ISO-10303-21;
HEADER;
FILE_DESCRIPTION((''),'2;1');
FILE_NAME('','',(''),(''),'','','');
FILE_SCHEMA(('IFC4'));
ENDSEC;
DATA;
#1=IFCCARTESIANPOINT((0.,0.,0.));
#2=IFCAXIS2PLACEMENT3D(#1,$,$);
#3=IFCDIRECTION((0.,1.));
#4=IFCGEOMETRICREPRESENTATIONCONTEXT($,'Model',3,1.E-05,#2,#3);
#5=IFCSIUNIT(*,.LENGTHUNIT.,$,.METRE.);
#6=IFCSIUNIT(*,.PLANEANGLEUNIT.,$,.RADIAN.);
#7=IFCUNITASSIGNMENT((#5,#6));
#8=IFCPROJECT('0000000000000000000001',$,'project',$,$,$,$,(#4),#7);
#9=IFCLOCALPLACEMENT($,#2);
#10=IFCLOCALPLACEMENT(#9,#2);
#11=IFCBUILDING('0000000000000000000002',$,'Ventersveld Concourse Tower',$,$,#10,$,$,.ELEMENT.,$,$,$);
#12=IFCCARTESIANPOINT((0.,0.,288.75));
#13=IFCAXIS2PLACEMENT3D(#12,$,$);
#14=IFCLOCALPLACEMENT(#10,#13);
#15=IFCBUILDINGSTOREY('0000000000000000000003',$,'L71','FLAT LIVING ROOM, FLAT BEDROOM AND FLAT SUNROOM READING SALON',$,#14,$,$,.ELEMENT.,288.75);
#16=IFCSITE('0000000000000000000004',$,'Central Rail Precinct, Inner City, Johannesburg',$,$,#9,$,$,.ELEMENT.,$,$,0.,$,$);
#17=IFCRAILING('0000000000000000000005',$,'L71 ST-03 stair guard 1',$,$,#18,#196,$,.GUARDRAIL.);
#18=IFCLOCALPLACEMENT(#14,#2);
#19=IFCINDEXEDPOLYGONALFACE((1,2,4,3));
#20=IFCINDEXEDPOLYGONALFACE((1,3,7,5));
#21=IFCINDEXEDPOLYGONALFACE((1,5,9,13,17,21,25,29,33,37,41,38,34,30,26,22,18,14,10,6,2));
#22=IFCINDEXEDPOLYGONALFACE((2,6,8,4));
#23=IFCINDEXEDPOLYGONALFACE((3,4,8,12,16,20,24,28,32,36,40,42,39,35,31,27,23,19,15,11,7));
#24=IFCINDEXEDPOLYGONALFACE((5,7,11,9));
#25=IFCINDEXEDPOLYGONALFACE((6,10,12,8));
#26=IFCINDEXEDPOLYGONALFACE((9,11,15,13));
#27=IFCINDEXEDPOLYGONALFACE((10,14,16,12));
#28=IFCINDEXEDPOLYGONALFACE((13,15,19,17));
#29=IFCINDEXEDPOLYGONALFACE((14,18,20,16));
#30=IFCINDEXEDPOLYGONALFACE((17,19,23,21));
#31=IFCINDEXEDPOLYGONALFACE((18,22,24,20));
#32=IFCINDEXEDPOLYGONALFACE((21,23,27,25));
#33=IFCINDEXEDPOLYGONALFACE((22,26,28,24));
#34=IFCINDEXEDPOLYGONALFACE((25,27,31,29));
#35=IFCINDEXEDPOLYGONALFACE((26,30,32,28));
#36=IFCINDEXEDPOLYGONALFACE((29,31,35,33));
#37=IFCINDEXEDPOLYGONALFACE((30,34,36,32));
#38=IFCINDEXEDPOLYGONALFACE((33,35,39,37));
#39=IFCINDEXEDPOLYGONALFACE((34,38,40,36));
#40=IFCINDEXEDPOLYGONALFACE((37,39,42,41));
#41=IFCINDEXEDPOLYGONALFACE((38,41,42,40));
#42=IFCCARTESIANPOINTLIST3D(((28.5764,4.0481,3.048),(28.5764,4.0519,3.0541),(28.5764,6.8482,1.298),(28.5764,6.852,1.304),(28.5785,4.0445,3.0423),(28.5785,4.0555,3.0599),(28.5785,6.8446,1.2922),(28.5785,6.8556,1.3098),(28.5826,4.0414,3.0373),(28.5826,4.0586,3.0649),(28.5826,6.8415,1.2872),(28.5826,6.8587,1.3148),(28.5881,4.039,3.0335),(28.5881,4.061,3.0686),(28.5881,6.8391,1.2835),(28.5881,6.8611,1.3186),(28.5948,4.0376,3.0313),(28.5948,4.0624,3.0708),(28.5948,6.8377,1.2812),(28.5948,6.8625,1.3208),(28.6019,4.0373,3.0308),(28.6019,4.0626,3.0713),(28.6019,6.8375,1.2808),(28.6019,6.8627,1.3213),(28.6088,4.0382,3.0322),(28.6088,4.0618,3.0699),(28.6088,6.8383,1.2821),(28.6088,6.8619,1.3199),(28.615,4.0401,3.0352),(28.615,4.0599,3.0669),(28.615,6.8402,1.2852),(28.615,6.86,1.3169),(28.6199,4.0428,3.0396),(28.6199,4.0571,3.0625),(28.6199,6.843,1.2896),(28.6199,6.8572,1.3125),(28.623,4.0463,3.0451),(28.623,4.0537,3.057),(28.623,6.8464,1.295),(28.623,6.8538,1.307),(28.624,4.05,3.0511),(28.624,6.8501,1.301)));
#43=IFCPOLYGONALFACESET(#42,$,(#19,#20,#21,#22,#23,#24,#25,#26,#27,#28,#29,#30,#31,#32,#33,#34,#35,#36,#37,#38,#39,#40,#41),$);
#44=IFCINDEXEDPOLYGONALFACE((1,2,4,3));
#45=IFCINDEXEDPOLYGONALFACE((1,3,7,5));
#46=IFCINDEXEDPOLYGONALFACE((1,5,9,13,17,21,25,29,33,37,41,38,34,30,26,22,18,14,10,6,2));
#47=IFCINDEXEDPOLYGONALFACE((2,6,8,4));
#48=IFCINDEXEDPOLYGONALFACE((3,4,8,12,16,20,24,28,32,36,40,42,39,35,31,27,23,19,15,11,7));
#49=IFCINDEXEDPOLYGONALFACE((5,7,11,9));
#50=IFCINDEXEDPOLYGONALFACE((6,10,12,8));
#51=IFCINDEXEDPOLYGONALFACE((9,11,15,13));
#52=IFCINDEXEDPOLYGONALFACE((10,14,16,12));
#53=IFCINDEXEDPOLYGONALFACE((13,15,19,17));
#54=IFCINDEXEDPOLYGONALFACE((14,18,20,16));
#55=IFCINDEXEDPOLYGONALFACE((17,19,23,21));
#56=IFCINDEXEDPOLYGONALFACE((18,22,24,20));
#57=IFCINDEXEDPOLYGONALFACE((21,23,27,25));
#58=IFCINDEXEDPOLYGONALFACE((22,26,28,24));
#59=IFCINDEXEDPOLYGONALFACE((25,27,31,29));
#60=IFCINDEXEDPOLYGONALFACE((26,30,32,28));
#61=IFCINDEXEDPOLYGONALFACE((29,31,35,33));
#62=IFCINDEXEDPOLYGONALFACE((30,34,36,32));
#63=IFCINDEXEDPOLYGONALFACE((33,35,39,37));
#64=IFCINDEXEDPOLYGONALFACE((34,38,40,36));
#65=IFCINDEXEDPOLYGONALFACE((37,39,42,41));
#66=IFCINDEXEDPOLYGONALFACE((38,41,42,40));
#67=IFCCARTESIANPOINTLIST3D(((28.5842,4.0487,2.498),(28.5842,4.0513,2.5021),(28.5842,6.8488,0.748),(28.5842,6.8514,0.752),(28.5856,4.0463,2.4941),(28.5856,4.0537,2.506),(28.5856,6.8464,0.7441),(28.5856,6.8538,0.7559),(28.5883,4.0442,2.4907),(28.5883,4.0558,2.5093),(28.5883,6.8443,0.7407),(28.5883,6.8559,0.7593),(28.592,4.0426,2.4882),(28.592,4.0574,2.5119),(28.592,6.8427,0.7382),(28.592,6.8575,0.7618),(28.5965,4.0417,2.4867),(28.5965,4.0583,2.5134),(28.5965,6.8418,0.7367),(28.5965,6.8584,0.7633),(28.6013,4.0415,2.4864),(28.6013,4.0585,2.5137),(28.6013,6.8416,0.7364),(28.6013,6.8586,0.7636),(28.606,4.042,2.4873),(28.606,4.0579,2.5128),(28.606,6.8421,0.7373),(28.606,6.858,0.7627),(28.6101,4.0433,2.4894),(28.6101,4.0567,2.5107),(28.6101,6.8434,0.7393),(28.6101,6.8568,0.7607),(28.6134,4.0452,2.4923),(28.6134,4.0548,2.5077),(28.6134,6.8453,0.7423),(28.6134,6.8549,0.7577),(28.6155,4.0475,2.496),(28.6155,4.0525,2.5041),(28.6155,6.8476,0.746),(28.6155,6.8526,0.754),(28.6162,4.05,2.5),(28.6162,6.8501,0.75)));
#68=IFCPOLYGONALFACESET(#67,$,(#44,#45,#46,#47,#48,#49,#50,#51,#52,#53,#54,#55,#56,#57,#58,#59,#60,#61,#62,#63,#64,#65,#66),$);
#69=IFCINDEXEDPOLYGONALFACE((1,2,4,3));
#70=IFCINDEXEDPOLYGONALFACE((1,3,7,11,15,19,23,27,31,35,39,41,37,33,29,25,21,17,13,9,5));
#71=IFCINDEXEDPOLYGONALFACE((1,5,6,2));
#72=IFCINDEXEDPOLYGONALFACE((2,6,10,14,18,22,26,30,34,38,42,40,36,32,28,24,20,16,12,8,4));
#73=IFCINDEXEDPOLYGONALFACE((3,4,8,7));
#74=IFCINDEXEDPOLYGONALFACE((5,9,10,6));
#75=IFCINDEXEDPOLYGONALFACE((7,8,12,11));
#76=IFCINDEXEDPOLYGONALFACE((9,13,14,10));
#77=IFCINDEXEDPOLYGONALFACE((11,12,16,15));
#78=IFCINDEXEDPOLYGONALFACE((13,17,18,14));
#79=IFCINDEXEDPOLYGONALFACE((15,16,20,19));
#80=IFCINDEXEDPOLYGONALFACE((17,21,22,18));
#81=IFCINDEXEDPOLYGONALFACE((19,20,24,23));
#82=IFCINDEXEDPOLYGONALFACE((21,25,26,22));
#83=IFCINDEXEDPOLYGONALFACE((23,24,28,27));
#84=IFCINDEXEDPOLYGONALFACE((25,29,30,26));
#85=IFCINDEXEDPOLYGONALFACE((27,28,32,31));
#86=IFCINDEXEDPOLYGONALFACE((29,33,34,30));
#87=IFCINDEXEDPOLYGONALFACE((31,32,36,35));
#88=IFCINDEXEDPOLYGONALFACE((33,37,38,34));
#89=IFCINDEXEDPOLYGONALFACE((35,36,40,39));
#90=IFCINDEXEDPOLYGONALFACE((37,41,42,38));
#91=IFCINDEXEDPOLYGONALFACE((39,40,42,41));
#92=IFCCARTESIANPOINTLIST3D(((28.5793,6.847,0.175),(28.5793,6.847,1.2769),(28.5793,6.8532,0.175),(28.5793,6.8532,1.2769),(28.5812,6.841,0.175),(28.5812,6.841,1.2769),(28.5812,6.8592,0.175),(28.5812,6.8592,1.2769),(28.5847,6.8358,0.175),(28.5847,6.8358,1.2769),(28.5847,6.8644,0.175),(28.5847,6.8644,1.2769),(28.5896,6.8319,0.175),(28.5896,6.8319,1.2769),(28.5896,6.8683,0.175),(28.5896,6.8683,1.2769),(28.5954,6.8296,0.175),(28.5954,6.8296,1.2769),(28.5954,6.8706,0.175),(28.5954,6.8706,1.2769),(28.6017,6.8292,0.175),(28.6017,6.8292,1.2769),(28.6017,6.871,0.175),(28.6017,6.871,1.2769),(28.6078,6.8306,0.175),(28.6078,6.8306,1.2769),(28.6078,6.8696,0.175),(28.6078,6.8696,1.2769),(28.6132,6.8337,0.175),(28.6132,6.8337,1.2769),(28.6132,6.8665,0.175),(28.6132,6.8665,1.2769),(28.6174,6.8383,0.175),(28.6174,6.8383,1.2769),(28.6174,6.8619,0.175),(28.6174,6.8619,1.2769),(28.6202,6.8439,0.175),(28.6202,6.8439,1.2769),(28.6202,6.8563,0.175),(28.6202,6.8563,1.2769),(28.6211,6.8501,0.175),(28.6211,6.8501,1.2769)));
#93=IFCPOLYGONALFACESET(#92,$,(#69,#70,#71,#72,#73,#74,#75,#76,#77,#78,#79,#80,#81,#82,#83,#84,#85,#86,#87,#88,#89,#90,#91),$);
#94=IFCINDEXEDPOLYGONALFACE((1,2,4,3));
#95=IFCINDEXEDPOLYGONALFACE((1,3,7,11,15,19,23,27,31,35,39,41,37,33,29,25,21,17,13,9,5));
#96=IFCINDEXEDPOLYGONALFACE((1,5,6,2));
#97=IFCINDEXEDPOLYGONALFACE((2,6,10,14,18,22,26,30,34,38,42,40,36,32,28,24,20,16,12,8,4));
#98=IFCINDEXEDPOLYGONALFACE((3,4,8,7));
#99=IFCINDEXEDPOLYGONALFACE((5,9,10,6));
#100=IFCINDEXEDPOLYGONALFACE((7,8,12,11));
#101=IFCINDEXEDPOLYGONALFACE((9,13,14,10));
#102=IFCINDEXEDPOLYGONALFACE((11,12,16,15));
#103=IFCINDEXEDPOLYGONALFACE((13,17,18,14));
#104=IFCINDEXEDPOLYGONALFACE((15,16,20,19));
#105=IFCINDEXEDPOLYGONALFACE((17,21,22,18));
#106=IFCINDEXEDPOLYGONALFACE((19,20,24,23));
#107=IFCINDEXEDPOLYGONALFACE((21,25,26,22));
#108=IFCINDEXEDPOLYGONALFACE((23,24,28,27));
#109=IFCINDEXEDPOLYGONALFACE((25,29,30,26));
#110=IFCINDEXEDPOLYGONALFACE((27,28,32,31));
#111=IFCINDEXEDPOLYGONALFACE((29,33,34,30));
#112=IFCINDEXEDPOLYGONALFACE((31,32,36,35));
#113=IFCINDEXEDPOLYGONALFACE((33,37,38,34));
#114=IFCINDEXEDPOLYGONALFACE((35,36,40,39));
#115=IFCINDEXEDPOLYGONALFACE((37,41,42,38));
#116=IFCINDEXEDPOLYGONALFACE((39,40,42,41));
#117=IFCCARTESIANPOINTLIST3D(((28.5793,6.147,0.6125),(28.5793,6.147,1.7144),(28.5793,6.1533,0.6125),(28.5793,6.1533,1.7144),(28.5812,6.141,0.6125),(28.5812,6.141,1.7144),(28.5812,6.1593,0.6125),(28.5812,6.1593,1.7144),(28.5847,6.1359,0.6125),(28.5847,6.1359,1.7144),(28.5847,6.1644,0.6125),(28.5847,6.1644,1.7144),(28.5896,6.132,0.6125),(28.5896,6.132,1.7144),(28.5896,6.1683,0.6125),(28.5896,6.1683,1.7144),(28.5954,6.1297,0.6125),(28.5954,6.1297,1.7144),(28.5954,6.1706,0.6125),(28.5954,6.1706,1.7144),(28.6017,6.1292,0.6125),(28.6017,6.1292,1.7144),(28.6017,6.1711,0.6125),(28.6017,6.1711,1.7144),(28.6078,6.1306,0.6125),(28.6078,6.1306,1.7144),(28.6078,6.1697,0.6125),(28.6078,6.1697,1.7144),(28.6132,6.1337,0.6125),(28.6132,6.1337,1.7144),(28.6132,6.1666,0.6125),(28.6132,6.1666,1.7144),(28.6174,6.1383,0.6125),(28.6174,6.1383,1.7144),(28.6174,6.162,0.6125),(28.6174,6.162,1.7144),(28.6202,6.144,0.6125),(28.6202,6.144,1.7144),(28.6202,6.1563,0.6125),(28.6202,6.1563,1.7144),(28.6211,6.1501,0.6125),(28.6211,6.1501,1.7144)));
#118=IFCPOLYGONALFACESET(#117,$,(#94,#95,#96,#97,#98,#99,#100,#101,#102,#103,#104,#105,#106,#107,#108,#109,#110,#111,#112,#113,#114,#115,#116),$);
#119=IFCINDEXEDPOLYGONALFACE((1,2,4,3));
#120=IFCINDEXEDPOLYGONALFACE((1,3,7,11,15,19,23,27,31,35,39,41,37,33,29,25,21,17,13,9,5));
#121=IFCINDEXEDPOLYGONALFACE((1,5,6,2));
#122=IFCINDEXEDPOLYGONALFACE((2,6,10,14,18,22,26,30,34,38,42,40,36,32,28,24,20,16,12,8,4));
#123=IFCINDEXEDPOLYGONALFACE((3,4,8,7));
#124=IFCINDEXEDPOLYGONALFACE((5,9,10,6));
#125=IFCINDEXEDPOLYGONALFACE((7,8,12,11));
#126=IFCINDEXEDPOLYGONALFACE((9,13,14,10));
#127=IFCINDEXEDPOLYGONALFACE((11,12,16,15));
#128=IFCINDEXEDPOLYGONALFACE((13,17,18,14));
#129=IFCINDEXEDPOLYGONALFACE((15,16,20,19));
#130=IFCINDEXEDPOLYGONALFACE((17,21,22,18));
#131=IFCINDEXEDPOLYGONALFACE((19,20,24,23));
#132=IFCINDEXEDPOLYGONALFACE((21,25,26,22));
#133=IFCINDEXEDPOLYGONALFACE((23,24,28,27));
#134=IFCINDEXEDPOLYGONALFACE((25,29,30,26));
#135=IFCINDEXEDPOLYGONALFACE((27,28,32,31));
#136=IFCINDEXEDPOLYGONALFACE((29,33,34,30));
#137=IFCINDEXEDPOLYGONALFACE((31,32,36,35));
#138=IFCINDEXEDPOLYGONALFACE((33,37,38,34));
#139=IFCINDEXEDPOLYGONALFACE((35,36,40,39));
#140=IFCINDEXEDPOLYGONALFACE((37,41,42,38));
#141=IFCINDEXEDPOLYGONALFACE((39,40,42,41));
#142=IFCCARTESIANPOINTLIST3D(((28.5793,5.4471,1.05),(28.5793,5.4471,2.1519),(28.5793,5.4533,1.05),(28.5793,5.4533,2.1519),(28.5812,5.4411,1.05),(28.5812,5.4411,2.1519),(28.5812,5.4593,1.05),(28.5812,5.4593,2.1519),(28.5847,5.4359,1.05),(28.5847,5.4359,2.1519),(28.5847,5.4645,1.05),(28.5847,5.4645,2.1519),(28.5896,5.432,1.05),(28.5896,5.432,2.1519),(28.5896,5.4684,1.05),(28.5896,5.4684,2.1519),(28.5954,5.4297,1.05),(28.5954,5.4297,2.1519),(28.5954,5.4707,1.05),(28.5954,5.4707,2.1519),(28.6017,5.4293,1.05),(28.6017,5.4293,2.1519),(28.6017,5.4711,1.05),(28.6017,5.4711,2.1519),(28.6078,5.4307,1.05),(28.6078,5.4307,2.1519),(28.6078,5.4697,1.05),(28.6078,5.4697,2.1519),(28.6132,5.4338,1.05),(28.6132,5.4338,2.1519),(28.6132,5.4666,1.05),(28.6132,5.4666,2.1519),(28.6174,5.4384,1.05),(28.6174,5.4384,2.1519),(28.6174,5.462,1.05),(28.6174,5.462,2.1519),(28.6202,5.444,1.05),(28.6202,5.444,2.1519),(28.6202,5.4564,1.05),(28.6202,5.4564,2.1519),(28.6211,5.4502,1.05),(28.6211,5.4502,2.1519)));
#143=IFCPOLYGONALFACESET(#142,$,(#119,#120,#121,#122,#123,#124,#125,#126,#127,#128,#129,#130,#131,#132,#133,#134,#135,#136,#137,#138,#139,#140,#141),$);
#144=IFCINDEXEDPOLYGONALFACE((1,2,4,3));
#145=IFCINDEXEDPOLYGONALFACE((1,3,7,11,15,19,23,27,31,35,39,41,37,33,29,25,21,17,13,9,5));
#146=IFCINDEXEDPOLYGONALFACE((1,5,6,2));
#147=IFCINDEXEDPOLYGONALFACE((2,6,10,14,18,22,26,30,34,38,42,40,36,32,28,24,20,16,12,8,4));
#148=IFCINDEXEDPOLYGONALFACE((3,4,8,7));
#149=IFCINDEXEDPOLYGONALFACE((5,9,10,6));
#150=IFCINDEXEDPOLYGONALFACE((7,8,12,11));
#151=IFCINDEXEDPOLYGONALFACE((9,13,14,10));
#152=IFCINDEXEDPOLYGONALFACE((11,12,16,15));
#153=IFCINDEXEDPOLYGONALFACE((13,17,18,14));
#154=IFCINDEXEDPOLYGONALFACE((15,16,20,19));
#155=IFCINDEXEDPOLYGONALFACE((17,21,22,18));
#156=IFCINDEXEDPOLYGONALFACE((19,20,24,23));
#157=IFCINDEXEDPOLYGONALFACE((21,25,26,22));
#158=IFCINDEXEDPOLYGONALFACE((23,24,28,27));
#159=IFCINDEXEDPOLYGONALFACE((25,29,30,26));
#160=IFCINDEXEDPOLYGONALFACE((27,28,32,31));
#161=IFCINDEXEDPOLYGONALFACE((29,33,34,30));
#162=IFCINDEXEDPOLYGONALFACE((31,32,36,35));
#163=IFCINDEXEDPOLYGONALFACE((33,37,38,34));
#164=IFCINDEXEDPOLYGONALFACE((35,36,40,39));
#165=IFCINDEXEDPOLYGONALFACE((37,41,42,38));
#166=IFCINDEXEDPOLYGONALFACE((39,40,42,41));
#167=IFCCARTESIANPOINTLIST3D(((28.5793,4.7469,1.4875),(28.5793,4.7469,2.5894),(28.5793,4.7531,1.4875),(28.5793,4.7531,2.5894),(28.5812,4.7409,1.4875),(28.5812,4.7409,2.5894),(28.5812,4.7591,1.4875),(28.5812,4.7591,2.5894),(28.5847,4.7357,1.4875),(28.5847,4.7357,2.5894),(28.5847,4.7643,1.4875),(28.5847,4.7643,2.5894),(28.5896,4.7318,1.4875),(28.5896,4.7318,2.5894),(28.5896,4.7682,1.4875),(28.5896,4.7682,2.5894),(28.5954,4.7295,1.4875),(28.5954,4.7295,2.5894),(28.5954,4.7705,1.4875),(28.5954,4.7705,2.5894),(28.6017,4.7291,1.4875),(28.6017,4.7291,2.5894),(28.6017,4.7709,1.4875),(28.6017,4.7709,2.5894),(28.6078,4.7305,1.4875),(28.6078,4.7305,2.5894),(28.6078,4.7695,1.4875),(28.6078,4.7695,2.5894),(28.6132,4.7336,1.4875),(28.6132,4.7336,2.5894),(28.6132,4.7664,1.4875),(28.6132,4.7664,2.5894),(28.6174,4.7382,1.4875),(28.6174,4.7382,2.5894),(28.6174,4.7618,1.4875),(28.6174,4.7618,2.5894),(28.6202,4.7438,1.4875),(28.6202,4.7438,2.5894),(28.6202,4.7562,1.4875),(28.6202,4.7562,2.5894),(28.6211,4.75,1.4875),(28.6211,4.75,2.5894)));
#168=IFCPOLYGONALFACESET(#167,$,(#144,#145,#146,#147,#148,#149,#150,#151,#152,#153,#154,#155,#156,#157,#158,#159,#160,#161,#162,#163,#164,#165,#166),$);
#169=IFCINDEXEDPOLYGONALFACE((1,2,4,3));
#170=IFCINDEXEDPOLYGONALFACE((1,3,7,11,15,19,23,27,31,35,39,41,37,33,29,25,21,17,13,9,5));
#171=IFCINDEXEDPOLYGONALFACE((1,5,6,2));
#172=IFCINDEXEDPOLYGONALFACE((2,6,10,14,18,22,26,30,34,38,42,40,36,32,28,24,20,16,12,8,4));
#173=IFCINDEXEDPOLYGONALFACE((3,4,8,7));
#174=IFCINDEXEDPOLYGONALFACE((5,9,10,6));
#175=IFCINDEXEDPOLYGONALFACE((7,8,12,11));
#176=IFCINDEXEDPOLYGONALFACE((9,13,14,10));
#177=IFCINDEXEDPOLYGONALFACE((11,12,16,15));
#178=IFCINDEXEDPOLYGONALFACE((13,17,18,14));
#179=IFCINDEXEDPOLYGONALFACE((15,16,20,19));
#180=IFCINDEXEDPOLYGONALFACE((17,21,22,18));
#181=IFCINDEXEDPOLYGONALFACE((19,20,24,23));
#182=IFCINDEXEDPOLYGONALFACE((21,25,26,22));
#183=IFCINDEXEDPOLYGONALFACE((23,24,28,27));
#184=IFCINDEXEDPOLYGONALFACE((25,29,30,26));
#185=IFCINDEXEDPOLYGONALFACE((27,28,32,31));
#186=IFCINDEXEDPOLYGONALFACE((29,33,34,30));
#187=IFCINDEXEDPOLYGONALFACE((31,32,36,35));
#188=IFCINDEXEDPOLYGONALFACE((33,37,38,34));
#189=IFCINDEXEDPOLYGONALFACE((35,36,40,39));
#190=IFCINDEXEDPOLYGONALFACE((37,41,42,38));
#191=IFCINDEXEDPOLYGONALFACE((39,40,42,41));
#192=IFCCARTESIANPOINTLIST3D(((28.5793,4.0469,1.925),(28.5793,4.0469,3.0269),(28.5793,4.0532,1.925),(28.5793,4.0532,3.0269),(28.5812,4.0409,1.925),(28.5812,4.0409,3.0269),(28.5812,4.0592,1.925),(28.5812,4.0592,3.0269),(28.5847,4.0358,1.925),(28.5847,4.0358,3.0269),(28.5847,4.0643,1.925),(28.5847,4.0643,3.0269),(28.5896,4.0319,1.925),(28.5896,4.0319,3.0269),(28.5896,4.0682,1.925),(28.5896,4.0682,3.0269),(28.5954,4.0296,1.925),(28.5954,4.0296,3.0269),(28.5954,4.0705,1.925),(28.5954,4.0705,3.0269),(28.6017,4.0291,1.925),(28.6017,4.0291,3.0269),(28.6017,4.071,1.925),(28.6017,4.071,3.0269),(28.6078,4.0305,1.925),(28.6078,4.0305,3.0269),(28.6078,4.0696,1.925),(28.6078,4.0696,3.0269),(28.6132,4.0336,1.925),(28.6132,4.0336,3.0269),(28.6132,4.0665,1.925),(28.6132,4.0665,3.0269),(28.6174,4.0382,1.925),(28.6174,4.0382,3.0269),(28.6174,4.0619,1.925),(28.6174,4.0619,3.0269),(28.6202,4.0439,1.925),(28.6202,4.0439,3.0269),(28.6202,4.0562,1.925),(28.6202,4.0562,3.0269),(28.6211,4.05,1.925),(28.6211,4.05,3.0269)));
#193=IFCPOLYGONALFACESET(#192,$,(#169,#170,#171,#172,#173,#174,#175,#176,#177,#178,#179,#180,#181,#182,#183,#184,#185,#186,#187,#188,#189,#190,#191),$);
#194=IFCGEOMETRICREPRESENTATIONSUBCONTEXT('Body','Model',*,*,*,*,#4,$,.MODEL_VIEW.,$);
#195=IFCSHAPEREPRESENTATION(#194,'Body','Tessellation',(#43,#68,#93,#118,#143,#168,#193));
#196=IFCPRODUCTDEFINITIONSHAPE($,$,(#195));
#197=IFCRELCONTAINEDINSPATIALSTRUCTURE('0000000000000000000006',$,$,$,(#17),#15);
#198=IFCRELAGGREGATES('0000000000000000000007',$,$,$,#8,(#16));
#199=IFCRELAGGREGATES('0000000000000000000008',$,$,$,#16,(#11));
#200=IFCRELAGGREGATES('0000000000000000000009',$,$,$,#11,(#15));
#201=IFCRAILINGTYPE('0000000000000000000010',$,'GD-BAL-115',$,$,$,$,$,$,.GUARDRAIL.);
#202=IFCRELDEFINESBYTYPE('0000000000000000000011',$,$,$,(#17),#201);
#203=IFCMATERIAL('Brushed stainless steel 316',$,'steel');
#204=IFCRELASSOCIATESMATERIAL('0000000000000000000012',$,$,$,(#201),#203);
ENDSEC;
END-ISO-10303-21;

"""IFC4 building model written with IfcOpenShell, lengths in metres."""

from ifc_helpers import new_model, si_unit, direction, frame, origin, origin_2d, place, context, subcontext, project, spatial, circle, extrude, material, type_object, element, save


model = new_model("IFC4")

# Units and contexts
model_context = context("Model", 3, precision=1e-05, world=origin(), true_north=direction((0.0, 1.0)))
body_context = subcontext(model_context, "Body", "Model", "MODEL_VIEW")
ifc_project = project(units=[si_unit("LENGTHUNIT", "METRE"), si_unit("PLANEANGLEUNIT", "RADIAN")], contexts=[model_context])

# Site, building, storey
site_placement = place(None, origin())
site = spatial("IfcSite", under=ifc_project, at=site_placement, Name="Central Rail Precinct, Inner City, Johannesburg", CompositionType="ELEMENT", RefElevation=0.0)
building_placement = place(site_placement, origin())
building = spatial("IfcBuilding", under=site, at=building_placement, Name="Ventersveld Concourse Tower", CompositionType="ELEMENT")
storey_placement = place(building_placement, frame((0.0, 0.0, 288.75)))
storey = spatial("IfcBuildingStorey", under=building, at=storey_placement, Name="L71", Description="FLAT LIVING ROOM, FLAT BEDROOM AND FLAT SUNROOM READING SALON", CompositionType="ELEMENT", Elevation=288.75)

# Railing
ifc_material_1 = material(Name="Brushed stainless steel 316", Category="steel")
railing_type_1 = type_object("IfcRailingType", Name="GD-BAL-115", PredefinedType="GUARDRAIL", material=ifc_material_1)
railing_1_placement = place(storey_placement, frame((28.6001, 6.8501, 0.175)))
element("IfcRailing", 1, at=railing_1_placement, inside=storey, type_object=railing_type_1, Name="L71 ST-03 stair guard 1", PredefinedType="GUARDRAIL", context=body_context, shape_type="SweptSolid", body=[
    extrude(circle(Radius=0.0239, at=origin_2d()), frame((0.0, 0.0, 1.126), z_axis=(0.0, -0.848002, 0.529992), x_axis=(1.0, 0.0, 0.0)), (0.0, 0.0, 1.0), 3.302),
    extrude(circle(Radius=0.0161, at=origin_2d()), frame((0.0, 0.0, 0.575), z_axis=(0.0, -0.848002, 0.529992), x_axis=(1.0, 0.0, 0.0)), (0.0, 0.0, 1.0), 3.302),
    extrude(circle(Radius=0.021, at=origin_2d()), origin(), (0.0, 0.0, 1.0), 1.1018),
    extrude(circle(Radius=0.021, at=origin_2d()), frame((0.0, -0.7, 0.4375)), (0.0, 0.0, 1.0), 1.1018),
    extrude(circle(Radius=0.021, at=origin_2d()), frame((0.0, -1.3999, 0.875)), (0.0, 0.0, 1.0), 1.1018),
    extrude(circle(Radius=0.021, at=origin_2d()), frame((0.0, -2.1001, 1.3125)), (0.0, 0.0, 1.0), 1.1018),
    extrude(circle(Radius=0.021, at=origin_2d()), frame((0.0, -2.8, 1.75)), (0.0, 0.0, 1.0), 1.1018),
])

save(model, "model.ifc")
